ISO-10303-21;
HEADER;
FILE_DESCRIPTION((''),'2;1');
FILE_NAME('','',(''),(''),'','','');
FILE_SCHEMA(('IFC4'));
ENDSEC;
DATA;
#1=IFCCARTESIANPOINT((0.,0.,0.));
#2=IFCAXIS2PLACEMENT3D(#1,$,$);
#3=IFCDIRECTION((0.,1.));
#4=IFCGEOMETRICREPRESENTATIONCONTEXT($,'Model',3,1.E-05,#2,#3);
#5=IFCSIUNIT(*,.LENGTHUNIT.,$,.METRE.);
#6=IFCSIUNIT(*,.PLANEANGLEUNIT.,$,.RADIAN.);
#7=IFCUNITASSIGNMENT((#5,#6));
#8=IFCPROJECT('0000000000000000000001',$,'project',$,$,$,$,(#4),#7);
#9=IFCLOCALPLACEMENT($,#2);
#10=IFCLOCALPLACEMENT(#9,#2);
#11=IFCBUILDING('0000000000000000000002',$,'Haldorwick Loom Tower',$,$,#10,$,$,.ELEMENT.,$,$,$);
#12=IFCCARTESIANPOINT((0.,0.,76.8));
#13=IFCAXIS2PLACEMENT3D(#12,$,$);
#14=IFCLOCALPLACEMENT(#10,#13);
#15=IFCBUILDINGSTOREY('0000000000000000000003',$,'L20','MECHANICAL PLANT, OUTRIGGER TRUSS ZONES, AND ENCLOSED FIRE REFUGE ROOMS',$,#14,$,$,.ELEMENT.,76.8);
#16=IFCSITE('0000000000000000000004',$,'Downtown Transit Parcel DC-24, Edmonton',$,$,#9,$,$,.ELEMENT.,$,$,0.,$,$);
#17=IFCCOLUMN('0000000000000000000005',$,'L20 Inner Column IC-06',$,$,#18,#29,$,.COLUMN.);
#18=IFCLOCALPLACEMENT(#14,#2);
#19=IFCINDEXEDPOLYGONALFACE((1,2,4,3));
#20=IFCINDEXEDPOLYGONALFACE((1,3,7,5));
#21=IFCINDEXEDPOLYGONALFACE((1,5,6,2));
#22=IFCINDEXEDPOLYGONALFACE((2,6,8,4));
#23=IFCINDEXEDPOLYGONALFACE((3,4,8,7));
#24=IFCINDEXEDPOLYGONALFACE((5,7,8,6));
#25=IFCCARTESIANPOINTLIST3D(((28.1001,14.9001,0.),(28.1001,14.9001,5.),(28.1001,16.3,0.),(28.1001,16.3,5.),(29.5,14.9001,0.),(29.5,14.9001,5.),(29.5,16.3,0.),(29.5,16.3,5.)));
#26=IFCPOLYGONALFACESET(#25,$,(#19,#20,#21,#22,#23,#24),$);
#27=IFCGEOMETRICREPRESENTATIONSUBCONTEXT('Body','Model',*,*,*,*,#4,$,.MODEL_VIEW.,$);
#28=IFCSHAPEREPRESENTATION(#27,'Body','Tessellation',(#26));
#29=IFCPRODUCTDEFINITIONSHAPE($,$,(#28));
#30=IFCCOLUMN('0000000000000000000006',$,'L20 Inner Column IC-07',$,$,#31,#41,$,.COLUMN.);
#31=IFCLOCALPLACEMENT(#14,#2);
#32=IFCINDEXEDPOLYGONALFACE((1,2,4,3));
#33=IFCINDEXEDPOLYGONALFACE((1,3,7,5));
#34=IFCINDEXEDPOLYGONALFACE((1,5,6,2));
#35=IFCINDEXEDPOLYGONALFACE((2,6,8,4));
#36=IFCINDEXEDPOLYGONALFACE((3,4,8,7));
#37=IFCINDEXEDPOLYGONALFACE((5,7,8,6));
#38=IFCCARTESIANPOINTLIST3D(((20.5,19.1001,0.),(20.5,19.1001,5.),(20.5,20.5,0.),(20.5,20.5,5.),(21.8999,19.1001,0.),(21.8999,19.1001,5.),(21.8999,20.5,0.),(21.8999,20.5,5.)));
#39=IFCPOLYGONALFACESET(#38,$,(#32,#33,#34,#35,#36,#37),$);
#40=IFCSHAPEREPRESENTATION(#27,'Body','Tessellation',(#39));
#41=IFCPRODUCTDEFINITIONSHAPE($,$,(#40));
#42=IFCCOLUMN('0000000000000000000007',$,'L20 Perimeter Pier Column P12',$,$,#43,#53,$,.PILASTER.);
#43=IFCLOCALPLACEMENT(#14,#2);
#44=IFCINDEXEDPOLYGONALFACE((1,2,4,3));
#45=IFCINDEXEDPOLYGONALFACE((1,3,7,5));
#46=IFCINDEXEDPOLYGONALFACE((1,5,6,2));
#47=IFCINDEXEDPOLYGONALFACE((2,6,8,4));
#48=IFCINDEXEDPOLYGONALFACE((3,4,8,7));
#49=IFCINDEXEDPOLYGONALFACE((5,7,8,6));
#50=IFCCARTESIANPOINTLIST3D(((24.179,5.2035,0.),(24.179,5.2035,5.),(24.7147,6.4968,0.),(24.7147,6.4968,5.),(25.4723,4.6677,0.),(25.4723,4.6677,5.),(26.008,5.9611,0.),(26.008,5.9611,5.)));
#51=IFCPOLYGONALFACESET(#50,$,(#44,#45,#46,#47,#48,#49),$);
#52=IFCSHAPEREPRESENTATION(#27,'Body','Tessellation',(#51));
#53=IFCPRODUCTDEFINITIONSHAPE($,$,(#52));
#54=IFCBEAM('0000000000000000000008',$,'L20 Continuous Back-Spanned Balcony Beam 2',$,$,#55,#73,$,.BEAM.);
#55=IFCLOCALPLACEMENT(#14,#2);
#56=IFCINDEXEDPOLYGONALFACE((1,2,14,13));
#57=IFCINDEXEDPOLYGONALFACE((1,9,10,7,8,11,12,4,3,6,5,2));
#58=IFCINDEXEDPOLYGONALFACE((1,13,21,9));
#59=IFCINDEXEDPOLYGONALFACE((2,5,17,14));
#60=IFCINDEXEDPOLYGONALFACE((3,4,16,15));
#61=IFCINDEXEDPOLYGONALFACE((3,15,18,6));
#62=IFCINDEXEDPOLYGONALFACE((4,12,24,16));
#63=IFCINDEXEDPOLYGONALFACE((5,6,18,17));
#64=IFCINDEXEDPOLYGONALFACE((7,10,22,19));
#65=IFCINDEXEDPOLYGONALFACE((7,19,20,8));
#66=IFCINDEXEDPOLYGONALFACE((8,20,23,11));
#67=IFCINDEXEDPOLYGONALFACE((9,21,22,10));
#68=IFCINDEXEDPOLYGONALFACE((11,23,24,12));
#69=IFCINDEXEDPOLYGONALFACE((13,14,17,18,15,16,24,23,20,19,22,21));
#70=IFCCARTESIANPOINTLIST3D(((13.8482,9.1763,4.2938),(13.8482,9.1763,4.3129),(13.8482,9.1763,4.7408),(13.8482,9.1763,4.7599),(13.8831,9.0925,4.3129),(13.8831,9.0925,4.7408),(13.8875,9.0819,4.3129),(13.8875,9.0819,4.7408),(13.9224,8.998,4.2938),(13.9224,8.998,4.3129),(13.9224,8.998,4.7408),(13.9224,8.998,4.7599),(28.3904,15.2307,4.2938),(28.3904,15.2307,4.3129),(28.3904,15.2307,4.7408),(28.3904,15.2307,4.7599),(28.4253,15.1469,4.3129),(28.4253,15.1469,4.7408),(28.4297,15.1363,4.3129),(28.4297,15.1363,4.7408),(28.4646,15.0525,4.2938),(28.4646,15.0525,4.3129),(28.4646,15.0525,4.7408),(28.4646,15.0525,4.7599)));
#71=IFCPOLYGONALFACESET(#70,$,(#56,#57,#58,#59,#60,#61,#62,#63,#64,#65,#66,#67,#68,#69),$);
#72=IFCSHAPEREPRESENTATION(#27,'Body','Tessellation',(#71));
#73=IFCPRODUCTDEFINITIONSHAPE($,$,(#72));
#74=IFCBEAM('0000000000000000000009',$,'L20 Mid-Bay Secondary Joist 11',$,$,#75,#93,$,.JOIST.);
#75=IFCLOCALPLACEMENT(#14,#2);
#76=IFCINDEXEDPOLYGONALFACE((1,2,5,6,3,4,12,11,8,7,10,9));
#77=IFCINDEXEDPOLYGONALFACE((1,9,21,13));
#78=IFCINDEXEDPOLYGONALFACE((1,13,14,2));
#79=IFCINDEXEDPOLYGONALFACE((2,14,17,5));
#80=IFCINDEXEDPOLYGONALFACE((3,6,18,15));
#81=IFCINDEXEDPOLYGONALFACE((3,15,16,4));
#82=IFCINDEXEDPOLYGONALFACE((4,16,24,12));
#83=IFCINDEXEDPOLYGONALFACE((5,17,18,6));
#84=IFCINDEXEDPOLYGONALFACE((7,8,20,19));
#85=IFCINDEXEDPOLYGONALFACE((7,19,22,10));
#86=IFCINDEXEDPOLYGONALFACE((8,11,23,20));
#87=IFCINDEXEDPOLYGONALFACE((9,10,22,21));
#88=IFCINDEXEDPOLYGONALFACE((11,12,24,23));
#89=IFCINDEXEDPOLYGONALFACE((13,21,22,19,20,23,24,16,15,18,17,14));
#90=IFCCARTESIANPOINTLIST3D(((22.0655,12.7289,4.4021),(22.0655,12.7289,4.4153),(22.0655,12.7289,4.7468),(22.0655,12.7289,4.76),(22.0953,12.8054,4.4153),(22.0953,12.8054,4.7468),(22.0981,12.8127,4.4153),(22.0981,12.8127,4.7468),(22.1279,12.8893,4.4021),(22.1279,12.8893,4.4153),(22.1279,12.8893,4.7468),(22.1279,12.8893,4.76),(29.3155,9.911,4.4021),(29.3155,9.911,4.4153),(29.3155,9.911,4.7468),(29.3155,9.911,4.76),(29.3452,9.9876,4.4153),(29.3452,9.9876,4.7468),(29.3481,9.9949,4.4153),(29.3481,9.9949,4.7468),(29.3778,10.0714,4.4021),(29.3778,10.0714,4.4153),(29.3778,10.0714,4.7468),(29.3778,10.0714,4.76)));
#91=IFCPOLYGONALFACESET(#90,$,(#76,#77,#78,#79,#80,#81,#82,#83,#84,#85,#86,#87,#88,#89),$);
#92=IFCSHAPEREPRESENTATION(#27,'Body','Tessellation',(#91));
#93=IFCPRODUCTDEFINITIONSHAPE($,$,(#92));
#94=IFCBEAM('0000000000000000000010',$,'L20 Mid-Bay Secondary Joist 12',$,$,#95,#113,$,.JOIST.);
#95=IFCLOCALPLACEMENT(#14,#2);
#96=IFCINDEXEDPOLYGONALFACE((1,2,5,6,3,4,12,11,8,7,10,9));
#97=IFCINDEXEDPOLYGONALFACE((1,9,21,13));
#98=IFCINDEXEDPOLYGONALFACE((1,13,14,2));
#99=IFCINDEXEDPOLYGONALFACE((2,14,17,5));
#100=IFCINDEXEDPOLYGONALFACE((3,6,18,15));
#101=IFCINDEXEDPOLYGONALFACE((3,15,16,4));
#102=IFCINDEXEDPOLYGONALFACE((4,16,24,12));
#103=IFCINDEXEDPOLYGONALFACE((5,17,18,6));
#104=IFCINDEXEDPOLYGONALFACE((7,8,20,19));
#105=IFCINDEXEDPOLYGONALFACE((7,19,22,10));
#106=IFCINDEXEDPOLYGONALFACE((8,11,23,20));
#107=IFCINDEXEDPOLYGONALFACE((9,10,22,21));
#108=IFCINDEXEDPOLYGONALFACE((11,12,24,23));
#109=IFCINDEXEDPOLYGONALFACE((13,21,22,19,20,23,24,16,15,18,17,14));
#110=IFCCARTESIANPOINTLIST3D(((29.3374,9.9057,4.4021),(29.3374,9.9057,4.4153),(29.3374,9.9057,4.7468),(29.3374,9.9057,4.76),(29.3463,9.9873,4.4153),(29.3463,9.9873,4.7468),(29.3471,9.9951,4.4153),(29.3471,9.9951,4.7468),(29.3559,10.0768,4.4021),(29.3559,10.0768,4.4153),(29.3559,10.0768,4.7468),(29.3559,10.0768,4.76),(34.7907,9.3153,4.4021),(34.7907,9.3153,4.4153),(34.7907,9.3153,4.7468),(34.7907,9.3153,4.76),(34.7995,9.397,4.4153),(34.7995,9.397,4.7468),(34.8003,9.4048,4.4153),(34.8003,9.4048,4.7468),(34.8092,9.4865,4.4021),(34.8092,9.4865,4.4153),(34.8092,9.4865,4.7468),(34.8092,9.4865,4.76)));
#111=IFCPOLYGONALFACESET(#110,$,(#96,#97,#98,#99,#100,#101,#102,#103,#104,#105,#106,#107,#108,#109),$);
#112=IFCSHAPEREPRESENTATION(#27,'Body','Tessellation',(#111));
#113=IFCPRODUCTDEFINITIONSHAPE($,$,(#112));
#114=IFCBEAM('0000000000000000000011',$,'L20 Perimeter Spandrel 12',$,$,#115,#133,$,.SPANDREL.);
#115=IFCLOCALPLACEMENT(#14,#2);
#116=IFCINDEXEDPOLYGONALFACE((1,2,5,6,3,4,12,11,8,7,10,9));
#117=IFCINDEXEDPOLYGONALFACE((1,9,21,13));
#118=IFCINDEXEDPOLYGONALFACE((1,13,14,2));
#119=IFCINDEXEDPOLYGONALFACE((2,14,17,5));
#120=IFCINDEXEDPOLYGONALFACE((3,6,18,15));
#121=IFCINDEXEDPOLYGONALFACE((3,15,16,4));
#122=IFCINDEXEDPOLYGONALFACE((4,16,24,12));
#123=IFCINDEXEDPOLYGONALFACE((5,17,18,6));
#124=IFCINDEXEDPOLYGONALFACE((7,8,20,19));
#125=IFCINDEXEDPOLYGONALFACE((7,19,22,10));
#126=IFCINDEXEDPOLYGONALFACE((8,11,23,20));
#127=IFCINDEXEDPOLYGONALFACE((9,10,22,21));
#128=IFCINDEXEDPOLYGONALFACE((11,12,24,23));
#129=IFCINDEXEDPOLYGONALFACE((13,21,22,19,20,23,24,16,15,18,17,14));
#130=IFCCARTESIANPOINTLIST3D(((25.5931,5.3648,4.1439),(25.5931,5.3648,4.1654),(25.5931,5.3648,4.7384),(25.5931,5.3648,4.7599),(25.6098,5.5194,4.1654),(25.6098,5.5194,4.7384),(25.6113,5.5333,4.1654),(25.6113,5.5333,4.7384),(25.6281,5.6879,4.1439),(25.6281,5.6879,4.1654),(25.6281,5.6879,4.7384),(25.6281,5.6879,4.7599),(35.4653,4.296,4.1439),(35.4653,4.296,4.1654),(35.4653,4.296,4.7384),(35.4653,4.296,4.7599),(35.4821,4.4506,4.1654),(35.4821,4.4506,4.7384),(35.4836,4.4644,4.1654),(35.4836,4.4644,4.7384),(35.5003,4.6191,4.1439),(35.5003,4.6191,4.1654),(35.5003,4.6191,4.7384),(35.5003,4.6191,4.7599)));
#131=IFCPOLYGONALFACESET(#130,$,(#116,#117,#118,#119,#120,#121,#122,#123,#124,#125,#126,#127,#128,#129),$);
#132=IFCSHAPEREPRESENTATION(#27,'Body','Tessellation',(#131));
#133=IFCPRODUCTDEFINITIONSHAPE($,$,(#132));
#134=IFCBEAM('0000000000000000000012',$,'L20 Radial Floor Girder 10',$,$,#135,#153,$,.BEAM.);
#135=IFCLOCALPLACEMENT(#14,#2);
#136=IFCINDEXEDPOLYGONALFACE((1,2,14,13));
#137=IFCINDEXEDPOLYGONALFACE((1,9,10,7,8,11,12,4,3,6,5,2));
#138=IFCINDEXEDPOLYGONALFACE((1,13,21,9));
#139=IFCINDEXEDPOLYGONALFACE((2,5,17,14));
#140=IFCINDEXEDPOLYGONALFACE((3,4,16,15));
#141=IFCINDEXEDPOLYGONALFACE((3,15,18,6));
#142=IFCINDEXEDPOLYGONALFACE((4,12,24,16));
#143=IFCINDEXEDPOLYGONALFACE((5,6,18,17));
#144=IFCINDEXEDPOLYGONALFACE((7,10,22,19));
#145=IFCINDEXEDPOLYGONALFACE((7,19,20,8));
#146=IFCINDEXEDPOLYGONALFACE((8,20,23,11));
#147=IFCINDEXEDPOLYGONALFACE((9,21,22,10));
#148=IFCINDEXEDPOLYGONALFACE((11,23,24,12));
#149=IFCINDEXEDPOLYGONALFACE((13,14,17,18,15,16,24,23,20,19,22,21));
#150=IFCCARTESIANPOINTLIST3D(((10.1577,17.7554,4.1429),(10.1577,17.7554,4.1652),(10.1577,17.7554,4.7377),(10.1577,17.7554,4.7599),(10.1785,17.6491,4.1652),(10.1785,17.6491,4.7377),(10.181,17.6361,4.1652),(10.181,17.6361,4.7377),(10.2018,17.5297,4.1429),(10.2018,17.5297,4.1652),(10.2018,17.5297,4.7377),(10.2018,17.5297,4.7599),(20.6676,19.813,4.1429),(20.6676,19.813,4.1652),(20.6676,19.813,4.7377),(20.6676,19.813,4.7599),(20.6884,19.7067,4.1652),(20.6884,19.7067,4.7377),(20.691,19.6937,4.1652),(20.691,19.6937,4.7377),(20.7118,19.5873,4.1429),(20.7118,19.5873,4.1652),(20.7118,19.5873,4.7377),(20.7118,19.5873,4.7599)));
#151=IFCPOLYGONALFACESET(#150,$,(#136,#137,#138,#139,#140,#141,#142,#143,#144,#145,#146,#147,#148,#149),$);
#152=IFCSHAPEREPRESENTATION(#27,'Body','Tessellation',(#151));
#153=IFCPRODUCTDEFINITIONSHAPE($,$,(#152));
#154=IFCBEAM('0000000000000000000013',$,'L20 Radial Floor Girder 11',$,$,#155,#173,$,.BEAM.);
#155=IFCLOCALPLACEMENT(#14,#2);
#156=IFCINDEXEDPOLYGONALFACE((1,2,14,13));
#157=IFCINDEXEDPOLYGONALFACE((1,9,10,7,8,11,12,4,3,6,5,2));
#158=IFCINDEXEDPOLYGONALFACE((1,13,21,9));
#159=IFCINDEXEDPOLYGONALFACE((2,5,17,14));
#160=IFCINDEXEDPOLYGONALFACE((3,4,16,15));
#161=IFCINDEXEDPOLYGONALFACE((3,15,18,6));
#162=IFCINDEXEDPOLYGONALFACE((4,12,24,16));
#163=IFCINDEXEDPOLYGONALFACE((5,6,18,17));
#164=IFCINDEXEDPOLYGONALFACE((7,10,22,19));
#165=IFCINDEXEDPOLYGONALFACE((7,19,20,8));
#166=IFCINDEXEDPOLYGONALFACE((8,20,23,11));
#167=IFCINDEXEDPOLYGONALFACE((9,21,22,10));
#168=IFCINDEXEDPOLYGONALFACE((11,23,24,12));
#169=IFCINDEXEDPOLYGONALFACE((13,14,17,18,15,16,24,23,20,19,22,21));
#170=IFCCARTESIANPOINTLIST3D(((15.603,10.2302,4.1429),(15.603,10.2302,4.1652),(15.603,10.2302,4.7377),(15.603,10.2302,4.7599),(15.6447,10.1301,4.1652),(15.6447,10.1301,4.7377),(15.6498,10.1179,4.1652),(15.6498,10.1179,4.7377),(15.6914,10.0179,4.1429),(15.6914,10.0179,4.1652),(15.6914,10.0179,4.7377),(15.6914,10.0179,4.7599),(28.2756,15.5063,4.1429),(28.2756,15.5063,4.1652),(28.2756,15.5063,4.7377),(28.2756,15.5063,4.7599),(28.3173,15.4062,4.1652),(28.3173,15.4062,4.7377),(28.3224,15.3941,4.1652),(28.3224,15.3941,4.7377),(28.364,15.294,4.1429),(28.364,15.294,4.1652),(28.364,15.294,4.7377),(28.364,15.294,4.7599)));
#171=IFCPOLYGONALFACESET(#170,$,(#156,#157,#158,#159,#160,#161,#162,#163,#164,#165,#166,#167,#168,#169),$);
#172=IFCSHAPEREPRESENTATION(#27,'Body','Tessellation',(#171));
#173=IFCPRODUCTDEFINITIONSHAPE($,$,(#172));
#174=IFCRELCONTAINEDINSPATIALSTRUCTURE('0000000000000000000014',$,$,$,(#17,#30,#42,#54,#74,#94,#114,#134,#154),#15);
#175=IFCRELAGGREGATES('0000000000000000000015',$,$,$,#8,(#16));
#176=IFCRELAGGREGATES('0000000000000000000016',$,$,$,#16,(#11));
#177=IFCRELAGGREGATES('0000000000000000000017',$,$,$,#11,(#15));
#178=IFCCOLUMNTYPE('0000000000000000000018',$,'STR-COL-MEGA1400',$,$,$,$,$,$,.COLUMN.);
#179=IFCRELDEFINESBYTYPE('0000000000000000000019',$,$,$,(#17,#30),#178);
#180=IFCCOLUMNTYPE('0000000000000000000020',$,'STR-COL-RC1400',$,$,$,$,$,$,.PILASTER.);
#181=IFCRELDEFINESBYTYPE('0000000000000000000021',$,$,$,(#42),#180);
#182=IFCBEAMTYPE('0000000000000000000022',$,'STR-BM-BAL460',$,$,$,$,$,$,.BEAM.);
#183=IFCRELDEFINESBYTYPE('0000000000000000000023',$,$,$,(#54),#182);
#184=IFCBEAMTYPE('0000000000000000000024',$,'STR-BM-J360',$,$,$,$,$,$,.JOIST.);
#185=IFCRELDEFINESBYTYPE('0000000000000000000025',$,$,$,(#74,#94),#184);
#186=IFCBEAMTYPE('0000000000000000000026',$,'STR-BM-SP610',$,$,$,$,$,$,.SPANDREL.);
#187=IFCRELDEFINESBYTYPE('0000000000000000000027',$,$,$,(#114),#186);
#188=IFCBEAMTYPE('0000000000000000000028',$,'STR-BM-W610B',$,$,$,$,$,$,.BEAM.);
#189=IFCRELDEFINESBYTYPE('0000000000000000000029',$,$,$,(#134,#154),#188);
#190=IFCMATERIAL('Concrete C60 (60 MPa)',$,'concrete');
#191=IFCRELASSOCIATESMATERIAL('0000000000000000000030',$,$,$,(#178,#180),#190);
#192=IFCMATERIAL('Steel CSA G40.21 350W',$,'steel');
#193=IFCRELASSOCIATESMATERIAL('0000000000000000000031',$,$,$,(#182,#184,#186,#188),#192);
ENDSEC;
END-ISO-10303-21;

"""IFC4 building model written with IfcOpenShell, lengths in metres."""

from ifc_helpers import new_model, si_unit, direction, frame, origin, origin_2d, place, context, subcontext, project, spatial, rectangle, i_section, extrude, material, material_profile, profile_set, type_object, element, save


model = new_model("IFC4")

# Units and contexts
model_context = context("Model", 3, precision=1e-05, world=origin(), true_north=direction((0.0, 1.0)))
body_context = subcontext(model_context, "Body", "Model", "MODEL_VIEW")
ifc_project = project(units=[si_unit("LENGTHUNIT", "METRE"), si_unit("PLANEANGLEUNIT", "RADIAN")], contexts=[model_context])

# Site, building, storey
site_placement = place(None, origin())
site = spatial("IfcSite", under=ifc_project, at=site_placement, Name="Downtown Transit Parcel DC-24, Edmonton", CompositionType="ELEMENT", RefElevation=0.0)
building_placement = place(site_placement, origin())
building = spatial("IfcBuilding", under=site, at=building_placement, Name="Haldorwick Loom Tower", CompositionType="ELEMENT")
storey_placement = place(building_placement, frame((0.0, 0.0, 76.8)))
storey = spatial("IfcBuildingStorey", under=building, at=storey_placement, Name="L20", Description="MECHANICAL PLANT, OUTRIGGER TRUSS ZONES, AND ENCLOSED FIRE REFUGE ROOMS", CompositionType="ELEMENT", Elevation=76.8)

# Columns
ifc_material_1 = material(Name="Concrete C60 (60 MPa)", Category="concrete")
ifc_material_profile_1 = material_profile(ifc_material_1, rectangle(XDim=1.3999, YDim=1.3999, at=origin_2d()), Name="RC1400X1400", Category="concrete")
ifc_profile_set_1 = profile_set([ifc_material_profile_1], Name="Concrete C60 (60 MPa)")
column_type_1 = type_object("IfcColumnType", Name="STR-COL-MEGA1400", PredefinedType="COLUMN", material=ifc_profile_set_1)
for number, where, z_axis, x_axis, name in (
    (1, (28.8, 15.6001, 0.0), (0.0, 0.0, 1.0), (1.0, 0.0, 0.0), "L20 Inner Column IC-06"),
    (2, (21.2, 19.8, 0.0), (0.0, 0.0, 1.0), (1.0, 0.0, 0.0), "L20 Inner Column IC-07"),
):
    element("IfcColumn", number, at=place(storey_placement, frame(where, z_axis=z_axis, x_axis=x_axis)), inside=storey, type_object=column_type_1, Name=name, PredefinedType="COLUMN", context=body_context, shape_type="SweptSolid", body=[
        extrude(rectangle(XDim=1.3999, YDim=1.3999, at=origin_2d()), origin(), (0.0, 0.0, 1.0), 5.0),
    ])
ifc_material_profile_2 = material_profile(ifc_material_1, rectangle(XDim=1.3999, YDim=1.3999, at=origin_2d()), Name="RC1400X1400", Category="concrete")
ifc_profile_set_2 = profile_set([ifc_material_profile_2], Name="Concrete C60 (60 MPa)")
column_type_2 = type_object("IfcColumnType", Name="STR-COL-RC1400", PredefinedType="PILASTER", material=ifc_profile_set_2)
column_placement = place(storey_placement, frame((25.0935, 5.5823, 0.0), z_axis=(0.0, 0.0, 1.0), x_axis=(-0.382683, -0.92388, 0.0)))
element("IfcColumn", 3, at=column_placement, inside=storey, type_object=column_type_2, Name="L20 Perimeter Pier Column P12", PredefinedType="PILASTER", context=body_context, shape_type="SweptSolid", body=[
    extrude(rectangle(XDim=1.3999, YDim=1.3999, at=origin_2d()), origin(), (0.0, 0.0, 1.0), 5.0),
])

# Beams
ifc_material_2 = material(Name="Steel CSA G40.21 350W", Category="steel")
ifc_material_profile_3 = material_profile(ifc_material_2, i_section(OverallWidth=0.1931, OverallDepth=0.4661, WebThickness=0.0115, FlangeThickness=0.019, at=origin_2d()), Name="W460X97", Category="steel")
ifc_profile_set_3 = profile_set([ifc_material_profile_3], Name="Steel CSA G40.21 350W")
beam_type_1 = type_object("IfcBeamType", Name="STR-BM-BAL460", PredefinedType="BEAM", material=ifc_profile_set_3)
beam_1_placement = place(storey_placement, frame((28.4275, 15.1416, 4.5269), z_axis=(-0.923186, -0.384355, 0.0), x_axis=(0.384355, -0.923186, 0.0)))
element("IfcBeam", 4, at=beam_1_placement, inside=storey, type_object=beam_type_1, Name="L20 Continuous Back-Spanned Balcony Beam 2", PredefinedType="BEAM", context=body_context, shape_type="SweptSolid", body=[
    extrude(i_section(OverallWidth=0.1931, OverallDepth=0.4661, WebThickness=0.0115, FlangeThickness=0.019, at=origin_2d()), origin(), (0.0, 0.0, 1.0), 15.7522),
])
ifc_material_profile_4 = material_profile(ifc_material_2, i_section(OverallWidth=0.1721, OverallDepth=0.3579, WebThickness=0.0078, FlangeThickness=0.0132, at=origin_2d()), Name="W360X57", Category="steel")
ifc_profile_set_4 = profile_set([ifc_material_profile_4], Name="Steel CSA G40.21 350W")
beam_type_2 = type_object("IfcBeamType", Name="STR-BM-J360", PredefinedType="JOIST", material=ifc_profile_set_4)
beam_2_placement = place(storey_placement, frame((22.0967, 12.8091, 4.5811), z_axis=(0.932073, -0.362271, 0.0), x_axis=(0.362271, 0.932073, 0.0)))
element("IfcBeam", 5, at=beam_2_placement, inside=storey, type_object=beam_type_2, Name="L20 Mid-Bay Secondary Joist 11", PredefinedType="JOIST", context=body_context, shape_type="SweptSolid", body=[
    extrude(i_section(OverallWidth=0.1721, OverallDepth=0.3579, WebThickness=0.0078, FlangeThickness=0.0132, at=origin_2d()), origin(), (0.0, 0.0, 1.0), 7.7783),
])
beam_3_placement = place(storey_placement, frame((29.3467, 9.9912, 4.5811), z_axis=(0.994192, -0.107622, 0.0), x_axis=(0.107622, 0.994192, 0.0)))
element("IfcBeam", 6, at=beam_3_placement, inside=storey, type_object=beam_type_2, Name="L20 Mid-Bay Secondary Joist 12", PredefinedType="JOIST", context=body_context, shape_type="SweptSolid", body=[
    extrude(i_section(OverallWidth=0.1721, OverallDepth=0.3579, WebThickness=0.0078, FlangeThickness=0.0132, at=origin_2d()), origin(), (0.0, 0.0, 1.0), 5.4851),
])
ifc_material_profile_5 = material_profile(ifc_material_2, i_section(OverallWidth=0.325, OverallDepth=0.616, WebThickness=0.0139, FlangeThickness=0.0215, at=origin_2d()), Name="W610X174", Category="steel")
ifc_profile_set_5 = profile_set([ifc_material_profile_5], Name="Steel CSA G40.21 350W")
beam_type_3 = type_object("IfcBeamType", Name="STR-BM-SP610", PredefinedType="SPANDREL", material=ifc_profile_set_5)
beam_4_placement = place(storey_placement, frame((25.6106, 5.5264, 4.4519), z_axis=(0.99419, -0.107638, 0.0), x_axis=(0.107638, 0.99419, 0.0)))
element("IfcBeam", 7, at=beam_4_placement, inside=storey, type_object=beam_type_3, Name="L20 Perimeter Spandrel 12", PredefinedType="SPANDREL", context=body_context, shape_type="SweptSolid", body=[
    extrude(i_section(OverallWidth=0.325, OverallDepth=0.616, WebThickness=0.0139, FlangeThickness=0.0215, at=origin_2d()), origin(), (0.0, 0.0, 1.0), 9.9299),
])
ifc_material_profile_6 = material_profile(ifc_material_2, i_section(OverallWidth=0.23, OverallDepth=0.6169, WebThickness=0.0132, FlangeThickness=0.0222, at=origin_2d()), Name="W610X140", Category="steel")
ifc_profile_set_6 = profile_set([ifc_material_profile_6], Name="Steel CSA G40.21 350W")
beam_type_4 = type_object("IfcBeamType", Name="STR-BM-W610B", PredefinedType="BEAM", material=ifc_profile_set_6)
beam_5_placement = place(storey_placement, frame((20.6897, 19.7002, 4.4514), z_axis=(-0.98137, -0.192129, 0.0), x_axis=(0.192129, -0.98137, 0.0)))
element("IfcBeam", 8, at=beam_5_placement, inside=storey, type_object=beam_type_4, Name="L20 Radial Floor Girder 10", PredefinedType="BEAM", context=body_context, shape_type="SweptSolid", body=[
    extrude(i_section(OverallWidth=0.23, OverallDepth=0.6169, WebThickness=0.0132, FlangeThickness=0.0222, at=origin_2d()), origin(), (0.0, 0.0, 1.0), 10.7095),
])
beam_6_placement = place(storey_placement, frame((28.3198, 15.4001, 4.4514), z_axis=(-0.923184, -0.384359, 0.0), x_axis=(0.384359, -0.923184, 0.0)))
element("IfcBeam", 9, at=beam_6_placement, inside=storey, type_object=beam_type_4, Name="L20 Radial Floor Girder 11", PredefinedType="BEAM", context=body_context, shape_type="SweptSolid", body=[
    extrude(i_section(OverallWidth=0.23, OverallDepth=0.6169, WebThickness=0.0132, FlangeThickness=0.0222, at=origin_2d()), origin(), (0.0, 0.0, 1.0), 13.7271),
])

save(model, "model.ifc")
